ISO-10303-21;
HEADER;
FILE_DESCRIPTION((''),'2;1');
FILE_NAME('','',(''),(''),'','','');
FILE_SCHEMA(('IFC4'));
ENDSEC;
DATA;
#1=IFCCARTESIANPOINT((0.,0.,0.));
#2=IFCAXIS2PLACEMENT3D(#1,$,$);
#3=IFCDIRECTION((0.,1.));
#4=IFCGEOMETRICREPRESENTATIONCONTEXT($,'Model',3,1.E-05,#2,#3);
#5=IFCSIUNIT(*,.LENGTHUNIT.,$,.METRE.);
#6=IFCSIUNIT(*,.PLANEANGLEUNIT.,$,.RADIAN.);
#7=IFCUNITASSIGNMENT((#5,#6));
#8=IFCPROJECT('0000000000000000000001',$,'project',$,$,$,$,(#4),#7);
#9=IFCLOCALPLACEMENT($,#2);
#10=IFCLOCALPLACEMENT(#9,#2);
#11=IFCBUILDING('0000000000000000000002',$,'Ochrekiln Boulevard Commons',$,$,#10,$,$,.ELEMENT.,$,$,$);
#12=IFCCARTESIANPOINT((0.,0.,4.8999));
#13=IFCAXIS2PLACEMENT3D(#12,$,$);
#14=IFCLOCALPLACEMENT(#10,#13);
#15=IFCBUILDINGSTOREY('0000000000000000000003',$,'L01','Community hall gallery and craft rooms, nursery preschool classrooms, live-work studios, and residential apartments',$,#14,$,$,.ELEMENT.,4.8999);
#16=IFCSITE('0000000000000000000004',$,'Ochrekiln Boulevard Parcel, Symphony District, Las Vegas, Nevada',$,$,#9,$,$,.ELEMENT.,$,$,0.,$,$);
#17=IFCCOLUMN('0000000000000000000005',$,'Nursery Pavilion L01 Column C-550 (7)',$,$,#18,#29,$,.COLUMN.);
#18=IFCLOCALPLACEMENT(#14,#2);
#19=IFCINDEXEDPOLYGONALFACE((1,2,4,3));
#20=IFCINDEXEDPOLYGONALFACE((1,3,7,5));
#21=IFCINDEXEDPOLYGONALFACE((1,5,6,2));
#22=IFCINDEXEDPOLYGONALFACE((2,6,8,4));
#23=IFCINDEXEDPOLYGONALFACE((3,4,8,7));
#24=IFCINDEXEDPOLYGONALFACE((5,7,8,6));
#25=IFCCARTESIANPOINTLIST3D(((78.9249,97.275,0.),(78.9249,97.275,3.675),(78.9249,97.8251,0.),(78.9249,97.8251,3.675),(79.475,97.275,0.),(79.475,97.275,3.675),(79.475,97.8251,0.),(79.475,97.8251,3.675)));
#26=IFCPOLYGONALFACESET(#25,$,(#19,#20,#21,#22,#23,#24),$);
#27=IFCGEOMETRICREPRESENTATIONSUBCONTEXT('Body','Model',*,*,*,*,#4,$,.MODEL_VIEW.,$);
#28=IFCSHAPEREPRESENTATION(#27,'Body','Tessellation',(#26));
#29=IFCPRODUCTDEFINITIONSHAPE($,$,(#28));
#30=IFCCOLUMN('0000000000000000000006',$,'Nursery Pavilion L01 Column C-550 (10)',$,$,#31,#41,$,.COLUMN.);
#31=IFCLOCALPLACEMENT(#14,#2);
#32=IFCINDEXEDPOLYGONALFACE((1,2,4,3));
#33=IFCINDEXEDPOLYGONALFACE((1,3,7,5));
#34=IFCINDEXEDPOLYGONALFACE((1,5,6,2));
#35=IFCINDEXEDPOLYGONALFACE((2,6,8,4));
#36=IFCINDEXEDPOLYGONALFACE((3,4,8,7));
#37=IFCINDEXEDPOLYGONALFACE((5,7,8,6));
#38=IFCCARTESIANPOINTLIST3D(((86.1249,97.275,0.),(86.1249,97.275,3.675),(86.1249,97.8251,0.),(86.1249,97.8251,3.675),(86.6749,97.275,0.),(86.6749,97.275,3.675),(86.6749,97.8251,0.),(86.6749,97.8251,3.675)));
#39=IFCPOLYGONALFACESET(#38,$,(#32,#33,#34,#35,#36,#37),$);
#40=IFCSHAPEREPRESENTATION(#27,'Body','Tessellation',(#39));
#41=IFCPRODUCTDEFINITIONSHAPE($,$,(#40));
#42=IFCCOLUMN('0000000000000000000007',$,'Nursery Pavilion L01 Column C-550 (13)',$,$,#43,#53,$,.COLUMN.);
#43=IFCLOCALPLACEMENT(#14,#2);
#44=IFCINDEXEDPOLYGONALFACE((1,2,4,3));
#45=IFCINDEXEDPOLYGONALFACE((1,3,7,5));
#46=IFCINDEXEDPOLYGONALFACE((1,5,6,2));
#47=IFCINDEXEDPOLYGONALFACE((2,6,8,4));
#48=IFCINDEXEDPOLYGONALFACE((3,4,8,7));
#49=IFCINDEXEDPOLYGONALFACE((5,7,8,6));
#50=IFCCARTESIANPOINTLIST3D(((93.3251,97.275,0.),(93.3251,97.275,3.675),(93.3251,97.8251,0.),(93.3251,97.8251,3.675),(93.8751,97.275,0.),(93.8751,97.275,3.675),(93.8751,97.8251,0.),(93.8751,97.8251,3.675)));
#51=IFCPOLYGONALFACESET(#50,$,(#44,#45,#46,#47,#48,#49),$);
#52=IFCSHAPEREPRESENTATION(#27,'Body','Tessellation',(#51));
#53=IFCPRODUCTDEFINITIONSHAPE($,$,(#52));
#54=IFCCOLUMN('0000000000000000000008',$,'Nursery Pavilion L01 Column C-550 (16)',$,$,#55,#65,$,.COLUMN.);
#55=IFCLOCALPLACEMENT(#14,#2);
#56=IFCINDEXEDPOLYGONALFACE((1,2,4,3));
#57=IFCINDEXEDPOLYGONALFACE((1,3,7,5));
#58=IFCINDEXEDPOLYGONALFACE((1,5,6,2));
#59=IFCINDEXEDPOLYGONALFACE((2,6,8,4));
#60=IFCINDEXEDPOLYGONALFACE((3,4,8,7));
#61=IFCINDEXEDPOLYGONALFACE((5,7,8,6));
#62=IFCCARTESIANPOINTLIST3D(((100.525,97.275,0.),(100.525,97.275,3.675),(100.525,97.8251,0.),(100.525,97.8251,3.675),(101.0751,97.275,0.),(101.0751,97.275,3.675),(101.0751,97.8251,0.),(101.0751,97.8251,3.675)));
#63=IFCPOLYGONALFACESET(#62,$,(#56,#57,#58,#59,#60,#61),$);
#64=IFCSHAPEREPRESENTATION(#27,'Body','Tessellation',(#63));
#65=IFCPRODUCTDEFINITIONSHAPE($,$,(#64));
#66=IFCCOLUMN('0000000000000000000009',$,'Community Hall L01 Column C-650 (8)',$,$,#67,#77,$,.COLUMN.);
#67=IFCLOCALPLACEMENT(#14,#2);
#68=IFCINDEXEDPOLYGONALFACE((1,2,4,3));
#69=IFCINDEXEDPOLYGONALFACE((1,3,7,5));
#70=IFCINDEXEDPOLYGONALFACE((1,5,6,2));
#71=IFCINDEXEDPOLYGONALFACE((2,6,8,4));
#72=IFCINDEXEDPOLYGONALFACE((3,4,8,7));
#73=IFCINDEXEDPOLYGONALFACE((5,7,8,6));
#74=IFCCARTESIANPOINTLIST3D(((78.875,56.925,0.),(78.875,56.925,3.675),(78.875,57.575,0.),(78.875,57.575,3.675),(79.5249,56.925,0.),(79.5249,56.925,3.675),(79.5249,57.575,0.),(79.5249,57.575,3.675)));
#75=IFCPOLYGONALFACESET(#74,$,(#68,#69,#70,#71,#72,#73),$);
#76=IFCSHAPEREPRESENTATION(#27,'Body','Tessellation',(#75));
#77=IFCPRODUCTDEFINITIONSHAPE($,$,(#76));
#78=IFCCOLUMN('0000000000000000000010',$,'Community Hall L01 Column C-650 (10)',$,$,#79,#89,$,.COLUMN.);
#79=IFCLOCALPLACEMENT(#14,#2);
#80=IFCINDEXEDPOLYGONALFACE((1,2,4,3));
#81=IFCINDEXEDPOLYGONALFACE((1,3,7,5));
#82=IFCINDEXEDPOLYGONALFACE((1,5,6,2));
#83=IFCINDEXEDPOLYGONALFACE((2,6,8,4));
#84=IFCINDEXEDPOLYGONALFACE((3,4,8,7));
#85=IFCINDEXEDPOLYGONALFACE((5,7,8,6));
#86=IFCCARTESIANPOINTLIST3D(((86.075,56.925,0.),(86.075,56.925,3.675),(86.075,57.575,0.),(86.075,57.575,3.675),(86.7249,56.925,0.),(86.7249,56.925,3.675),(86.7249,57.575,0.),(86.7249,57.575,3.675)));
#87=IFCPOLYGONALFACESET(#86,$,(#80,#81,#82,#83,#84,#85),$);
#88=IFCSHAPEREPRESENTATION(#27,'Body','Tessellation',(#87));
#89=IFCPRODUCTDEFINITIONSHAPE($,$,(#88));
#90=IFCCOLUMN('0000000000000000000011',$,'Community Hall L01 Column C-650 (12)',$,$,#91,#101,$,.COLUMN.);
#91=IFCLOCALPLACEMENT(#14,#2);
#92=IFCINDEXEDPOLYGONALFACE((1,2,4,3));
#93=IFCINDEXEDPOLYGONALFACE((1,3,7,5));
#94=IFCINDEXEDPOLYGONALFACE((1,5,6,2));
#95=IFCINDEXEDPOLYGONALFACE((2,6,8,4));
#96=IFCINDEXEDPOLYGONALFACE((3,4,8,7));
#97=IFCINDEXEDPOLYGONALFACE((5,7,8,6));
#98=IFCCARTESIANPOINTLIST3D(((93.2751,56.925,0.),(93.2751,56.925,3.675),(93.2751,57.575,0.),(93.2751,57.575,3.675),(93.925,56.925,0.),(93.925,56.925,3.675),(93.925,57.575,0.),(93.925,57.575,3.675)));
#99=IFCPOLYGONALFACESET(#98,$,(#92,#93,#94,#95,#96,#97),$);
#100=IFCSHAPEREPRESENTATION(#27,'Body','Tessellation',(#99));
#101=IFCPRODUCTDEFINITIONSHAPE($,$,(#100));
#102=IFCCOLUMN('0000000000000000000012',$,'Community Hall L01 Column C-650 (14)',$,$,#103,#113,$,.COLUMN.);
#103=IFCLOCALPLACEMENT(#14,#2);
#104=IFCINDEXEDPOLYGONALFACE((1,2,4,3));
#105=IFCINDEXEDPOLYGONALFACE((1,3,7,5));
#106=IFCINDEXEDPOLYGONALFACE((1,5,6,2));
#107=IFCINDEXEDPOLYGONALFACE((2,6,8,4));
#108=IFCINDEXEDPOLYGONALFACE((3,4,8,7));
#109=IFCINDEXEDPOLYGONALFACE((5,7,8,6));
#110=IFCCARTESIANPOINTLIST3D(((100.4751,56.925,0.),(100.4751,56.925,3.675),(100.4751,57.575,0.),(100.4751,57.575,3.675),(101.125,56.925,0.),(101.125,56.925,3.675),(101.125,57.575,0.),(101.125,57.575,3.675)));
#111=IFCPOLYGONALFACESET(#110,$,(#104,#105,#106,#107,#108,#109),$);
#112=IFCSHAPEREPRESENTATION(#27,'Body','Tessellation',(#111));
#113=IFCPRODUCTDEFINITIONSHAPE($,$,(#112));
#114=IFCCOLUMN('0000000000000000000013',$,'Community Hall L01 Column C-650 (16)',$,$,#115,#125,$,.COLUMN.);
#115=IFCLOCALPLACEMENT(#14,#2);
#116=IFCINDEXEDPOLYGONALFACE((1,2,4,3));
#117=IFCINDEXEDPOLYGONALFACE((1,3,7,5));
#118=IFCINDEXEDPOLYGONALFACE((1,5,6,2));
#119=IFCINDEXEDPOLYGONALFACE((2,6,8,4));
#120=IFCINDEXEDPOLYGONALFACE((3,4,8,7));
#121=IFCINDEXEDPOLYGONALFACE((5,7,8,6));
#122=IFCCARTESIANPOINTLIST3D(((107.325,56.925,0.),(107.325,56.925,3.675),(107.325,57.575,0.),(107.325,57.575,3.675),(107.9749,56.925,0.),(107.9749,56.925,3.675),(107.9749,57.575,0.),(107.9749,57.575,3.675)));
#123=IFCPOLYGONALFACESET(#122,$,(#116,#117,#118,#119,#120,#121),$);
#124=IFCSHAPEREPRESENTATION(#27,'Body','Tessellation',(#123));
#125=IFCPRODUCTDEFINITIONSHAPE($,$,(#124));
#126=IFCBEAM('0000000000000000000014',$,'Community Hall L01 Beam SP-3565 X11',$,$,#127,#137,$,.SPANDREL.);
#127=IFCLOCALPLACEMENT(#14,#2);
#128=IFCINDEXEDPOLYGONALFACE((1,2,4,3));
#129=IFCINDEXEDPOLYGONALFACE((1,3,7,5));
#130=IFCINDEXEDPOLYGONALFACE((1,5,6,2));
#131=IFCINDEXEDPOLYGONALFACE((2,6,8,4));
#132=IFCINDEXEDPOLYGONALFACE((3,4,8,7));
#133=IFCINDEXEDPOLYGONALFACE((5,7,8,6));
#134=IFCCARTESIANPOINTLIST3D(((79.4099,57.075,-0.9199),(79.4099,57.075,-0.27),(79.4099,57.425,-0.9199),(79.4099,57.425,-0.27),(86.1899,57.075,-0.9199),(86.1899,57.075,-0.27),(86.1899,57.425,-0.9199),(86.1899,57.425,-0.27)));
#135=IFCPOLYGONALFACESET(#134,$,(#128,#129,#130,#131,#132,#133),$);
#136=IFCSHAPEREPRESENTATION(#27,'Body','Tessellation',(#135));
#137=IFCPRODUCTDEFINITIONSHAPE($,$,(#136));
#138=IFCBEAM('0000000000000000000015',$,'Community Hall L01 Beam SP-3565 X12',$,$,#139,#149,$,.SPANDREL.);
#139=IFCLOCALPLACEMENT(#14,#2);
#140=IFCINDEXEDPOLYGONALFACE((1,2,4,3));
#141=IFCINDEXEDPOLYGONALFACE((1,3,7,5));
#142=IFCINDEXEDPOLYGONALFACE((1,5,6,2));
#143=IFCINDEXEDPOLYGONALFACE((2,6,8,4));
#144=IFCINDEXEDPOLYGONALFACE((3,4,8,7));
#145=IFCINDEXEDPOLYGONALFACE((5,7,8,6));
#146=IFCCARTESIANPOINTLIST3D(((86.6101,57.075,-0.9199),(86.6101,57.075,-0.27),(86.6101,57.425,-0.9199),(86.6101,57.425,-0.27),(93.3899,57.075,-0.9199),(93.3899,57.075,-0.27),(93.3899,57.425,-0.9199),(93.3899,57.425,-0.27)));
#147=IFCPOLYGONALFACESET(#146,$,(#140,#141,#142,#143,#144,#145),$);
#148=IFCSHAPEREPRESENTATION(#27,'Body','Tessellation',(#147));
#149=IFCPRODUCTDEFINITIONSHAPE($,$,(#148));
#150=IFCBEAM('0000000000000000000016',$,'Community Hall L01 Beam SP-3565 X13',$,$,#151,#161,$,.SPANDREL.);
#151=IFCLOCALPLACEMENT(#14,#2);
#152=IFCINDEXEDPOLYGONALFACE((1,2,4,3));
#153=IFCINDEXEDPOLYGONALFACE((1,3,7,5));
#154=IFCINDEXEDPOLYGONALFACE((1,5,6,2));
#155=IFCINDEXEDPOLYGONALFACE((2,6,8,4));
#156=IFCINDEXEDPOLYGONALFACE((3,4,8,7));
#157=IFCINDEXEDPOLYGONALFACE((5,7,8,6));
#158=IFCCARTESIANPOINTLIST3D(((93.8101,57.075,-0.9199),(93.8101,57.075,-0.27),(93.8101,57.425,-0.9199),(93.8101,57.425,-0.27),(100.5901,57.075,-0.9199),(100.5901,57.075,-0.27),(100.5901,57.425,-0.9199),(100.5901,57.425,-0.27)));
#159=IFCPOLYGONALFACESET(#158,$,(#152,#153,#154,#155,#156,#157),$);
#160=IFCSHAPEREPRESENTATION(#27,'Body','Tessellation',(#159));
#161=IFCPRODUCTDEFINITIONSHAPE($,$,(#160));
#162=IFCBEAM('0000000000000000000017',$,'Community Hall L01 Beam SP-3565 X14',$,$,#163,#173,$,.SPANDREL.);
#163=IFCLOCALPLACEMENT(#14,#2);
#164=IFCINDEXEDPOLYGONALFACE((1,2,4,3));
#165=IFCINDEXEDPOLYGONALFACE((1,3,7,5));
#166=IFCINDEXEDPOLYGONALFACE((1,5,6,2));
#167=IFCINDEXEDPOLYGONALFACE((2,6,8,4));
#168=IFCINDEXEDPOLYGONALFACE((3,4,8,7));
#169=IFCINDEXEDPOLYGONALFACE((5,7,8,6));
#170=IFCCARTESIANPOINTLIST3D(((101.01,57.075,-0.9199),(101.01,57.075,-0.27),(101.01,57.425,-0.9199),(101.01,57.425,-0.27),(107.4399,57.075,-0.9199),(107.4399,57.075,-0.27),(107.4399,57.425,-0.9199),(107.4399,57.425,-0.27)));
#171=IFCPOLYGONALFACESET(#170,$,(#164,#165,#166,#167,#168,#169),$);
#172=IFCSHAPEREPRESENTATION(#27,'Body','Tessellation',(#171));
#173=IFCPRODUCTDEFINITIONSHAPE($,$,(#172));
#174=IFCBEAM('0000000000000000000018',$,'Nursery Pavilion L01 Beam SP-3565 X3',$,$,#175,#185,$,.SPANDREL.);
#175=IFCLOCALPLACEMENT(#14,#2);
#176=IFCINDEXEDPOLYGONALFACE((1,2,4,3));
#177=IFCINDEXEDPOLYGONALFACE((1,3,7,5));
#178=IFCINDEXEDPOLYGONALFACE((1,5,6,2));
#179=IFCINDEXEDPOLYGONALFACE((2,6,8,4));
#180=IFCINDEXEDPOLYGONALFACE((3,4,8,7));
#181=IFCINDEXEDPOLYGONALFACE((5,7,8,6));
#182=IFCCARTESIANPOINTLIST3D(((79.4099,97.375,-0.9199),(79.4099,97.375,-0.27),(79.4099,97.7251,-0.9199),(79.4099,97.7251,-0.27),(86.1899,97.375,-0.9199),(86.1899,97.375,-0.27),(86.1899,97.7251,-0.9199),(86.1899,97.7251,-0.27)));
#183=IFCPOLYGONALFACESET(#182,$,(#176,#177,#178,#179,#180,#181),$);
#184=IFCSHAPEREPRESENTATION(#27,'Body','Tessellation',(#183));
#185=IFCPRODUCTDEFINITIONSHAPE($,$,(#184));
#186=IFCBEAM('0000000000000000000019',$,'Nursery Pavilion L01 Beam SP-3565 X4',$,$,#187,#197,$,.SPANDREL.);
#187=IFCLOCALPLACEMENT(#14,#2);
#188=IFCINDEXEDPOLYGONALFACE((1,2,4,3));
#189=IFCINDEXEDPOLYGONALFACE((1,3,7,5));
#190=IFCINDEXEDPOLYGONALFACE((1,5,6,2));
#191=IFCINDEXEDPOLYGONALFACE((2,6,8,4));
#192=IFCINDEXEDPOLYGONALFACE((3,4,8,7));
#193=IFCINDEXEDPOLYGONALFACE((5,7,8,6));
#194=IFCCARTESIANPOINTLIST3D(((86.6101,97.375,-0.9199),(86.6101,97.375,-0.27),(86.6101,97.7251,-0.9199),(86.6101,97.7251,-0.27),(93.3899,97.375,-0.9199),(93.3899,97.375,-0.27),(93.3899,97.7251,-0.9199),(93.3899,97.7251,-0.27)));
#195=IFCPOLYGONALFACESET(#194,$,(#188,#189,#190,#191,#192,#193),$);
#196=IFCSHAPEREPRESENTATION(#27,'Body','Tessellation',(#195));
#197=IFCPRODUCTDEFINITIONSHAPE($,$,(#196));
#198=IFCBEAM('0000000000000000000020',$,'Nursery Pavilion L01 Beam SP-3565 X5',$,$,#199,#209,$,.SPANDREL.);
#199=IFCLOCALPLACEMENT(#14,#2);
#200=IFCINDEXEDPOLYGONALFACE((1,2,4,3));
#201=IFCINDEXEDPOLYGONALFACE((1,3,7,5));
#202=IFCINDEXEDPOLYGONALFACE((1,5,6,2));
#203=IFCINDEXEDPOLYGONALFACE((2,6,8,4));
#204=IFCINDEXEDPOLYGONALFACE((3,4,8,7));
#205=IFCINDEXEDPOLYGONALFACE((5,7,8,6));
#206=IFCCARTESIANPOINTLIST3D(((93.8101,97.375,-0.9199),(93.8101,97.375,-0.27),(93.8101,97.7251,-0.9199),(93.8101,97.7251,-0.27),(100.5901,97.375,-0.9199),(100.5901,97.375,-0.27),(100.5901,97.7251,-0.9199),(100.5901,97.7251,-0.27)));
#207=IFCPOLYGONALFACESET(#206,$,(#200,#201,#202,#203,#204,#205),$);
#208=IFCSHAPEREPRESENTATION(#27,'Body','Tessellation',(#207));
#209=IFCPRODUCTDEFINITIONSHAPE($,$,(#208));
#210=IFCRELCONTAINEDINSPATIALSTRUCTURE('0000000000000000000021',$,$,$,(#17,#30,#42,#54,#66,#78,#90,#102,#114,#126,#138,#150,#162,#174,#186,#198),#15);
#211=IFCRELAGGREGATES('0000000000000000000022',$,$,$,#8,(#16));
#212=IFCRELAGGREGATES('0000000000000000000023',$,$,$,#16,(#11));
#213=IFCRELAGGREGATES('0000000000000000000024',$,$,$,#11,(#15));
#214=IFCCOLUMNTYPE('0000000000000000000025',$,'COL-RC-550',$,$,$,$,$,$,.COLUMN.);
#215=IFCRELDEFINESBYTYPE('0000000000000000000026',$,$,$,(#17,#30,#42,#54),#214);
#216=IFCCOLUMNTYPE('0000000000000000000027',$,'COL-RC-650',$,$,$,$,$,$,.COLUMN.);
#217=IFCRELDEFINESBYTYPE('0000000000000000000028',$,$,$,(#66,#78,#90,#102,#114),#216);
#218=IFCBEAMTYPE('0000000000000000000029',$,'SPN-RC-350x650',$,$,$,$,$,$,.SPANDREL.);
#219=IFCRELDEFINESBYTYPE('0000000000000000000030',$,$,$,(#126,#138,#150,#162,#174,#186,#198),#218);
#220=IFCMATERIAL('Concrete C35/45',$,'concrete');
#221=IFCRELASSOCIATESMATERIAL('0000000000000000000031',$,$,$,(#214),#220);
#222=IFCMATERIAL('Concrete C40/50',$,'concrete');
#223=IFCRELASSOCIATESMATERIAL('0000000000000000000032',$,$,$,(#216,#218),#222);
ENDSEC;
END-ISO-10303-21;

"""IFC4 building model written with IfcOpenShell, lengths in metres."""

from ifc_helpers import new_model, si_unit, direction, frame, origin, origin_2d, place, context, subcontext, project, spatial, rectangle, extrude, material, material_profile, profile_set, type_object, element, save


model = new_model("IFC4")

# Units and contexts
model_context = context("Model", 3, precision=1e-05, world=origin(), true_north=direction((0.0, 1.0)))
body_context = subcontext(model_context, "Body", "Model", "MODEL_VIEW")
ifc_project = project(units=[si_unit("LENGTHUNIT", "METRE"), si_unit("PLANEANGLEUNIT", "RADIAN")], contexts=[model_context])

# Site, building, storey
site_placement = place(None, origin())
site = spatial("IfcSite", under=ifc_project, at=site_placement, Name="Ochrekiln Boulevard Parcel, Symphony District, Las Vegas, Nevada", CompositionType="ELEMENT", RefElevation=0.0)
building_placement = place(site_placement, origin())
building = spatial("IfcBuilding", under=site, at=building_placement, Name="Ochrekiln Boulevard Commons", CompositionType="ELEMENT")
storey_placement = place(building_placement, frame((0.0, 0.0, 4.8999)))
storey = spatial("IfcBuildingStorey", under=building, at=storey_placement, Name="L01", Description="Community hall gallery and craft rooms, nursery preschool classrooms, live-work studios, and residential apartments", CompositionType="ELEMENT", Elevation=4.8999)

# Columns
ifc_material_1 = material(Name="Concrete C35/45", Category="concrete")
ifc_material_profile_1 = material_profile(ifc_material_1, rectangle(XDim=0.55, YDim=0.55, at=origin_2d()), Name="RC-COL-550x550")
ifc_profile_set_1 = profile_set([ifc_material_profile_1], Name="Concrete C35/45")
column_type_1 = type_object("IfcColumnType", Name="COL-RC-550", PredefinedType="COLUMN", material=ifc_profile_set_1)
for number, where, z_axis, x_axis, name in (
    (1, (79.2, 97.55, 0.0), (0.0, 0.0, 1.0), (1.0, 0.0, 0.0), "Nursery Pavilion L01 Column C-550 (7)"),
    (2, (86.3999, 97.55, 0.0), (0.0, 0.0, 1.0), (1.0, 0.0, 0.0), "Nursery Pavilion L01 Column C-550 (10)"),
    (3, (93.6001, 97.55, 0.0), (0.0, 0.0, 1.0), (1.0, 0.0, 0.0), "Nursery Pavilion L01 Column C-550 (13)"),
    (4, (100.8, 97.55, 0.0), (0.0, 0.0, 1.0), (1.0, 0.0, 0.0), "Nursery Pavilion L01 Column C-550 (16)"),
):
    element("IfcColumn", number, at=place(storey_placement, frame(where, z_axis=z_axis, x_axis=x_axis)), inside=storey, type_object=column_type_1, Name=name, PredefinedType="COLUMN", context=body_context, shape_type="SweptSolid", body=[
        extrude(rectangle(XDim=0.55, YDim=0.55, at=origin_2d()), origin(), (0.0, 0.0, 1.0), 3.675),
    ])
ifc_material_2 = material(Name="Concrete C40/50", Category="concrete")
ifc_material_profile_2 = material_profile(ifc_material_2, rectangle(XDim=0.6499, YDim=0.6499, at=origin_2d()), Name="RC-COL-650x650")
ifc_profile_set_2 = profile_set([ifc_material_profile_2], Name="Concrete C40/50")
column_type_2 = type_object("IfcColumnType", Name="COL-RC-650", PredefinedType="COLUMN", material=ifc_profile_set_2)
for number, where, z_axis, x_axis, name in (
    (5, (79.2, 57.25, 0.0), (0.0, 0.0, 1.0), (1.0, 0.0, 0.0), "Community Hall L01 Column C-650 (8)"),
    (6, (86.3999, 57.25, 0.0), (0.0, 0.0, 1.0), (1.0, 0.0, 0.0), "Community Hall L01 Column C-650 (10)"),
    (7, (93.6001, 57.25, 0.0), (0.0, 0.0, 1.0), (1.0, 0.0, 0.0), "Community Hall L01 Column C-650 (12)"),
    (8, (100.8, 57.25, 0.0), (0.0, 0.0, 1.0), (1.0, 0.0, 0.0), "Community Hall L01 Column C-650 (14)"),
    (9, (107.6499, 57.25, 0.0), (0.0, 0.0, 1.0), (1.0, 0.0, 0.0), "Community Hall L01 Column C-650 (16)"),
):
    element("IfcColumn", number, at=place(storey_placement, frame(where, z_axis=z_axis, x_axis=x_axis)), inside=storey, type_object=column_type_2, Name=name, PredefinedType="COLUMN", context=body_context, shape_type="SweptSolid", body=[
        extrude(rectangle(XDim=0.6499, YDim=0.6499, at=origin_2d()), origin(), (0.0, 0.0, 1.0), 3.675),
    ])

# Beams
ifc_material_profile_3 = material_profile(ifc_material_2, rectangle(XDim=0.3501, YDim=0.6499, at=origin_2d()), Name="RC-SPN-350x650")
ifc_profile_set_3 = profile_set([ifc_material_profile_3], Name="Concrete C40/50")
beam_type = type_object("IfcBeamType", Name="SPN-RC-350x650", PredefinedType="SPANDREL", material=ifc_profile_set_3)
beam_1_placement = place(storey_placement, frame((79.4099, 57.25, -0.595), z_axis=(1.0, 0.0, 0.0), x_axis=(0.0, 1.0, 0.0)))
element("IfcBeam", 10, at=beam_1_placement, inside=storey, type_object=beam_type, Name="Community Hall L01 Beam SP-3565 X11", PredefinedType="SPANDREL", context=body_context, shape_type="SweptSolid", body=[
    extrude(rectangle(XDim=0.3501, YDim=0.6499, at=origin_2d()), origin(), (0.0, 0.0, 1.0), 6.78),
])
beam_2_placement = place(storey_placement, frame((86.6101, 57.25, -0.595), z_axis=(1.0, 0.0, 0.0), x_axis=(0.0, 1.0, 0.0)))
element("IfcBeam", 11, at=beam_2_placement, inside=storey, type_object=beam_type, Name="Community Hall L01 Beam SP-3565 X12", PredefinedType="SPANDREL", context=body_context, shape_type="SweptSolid", body=[
    extrude(rectangle(XDim=0.3501, YDim=0.6499, at=origin_2d()), origin(), (0.0, 0.0, 1.0), 6.7798),
])
beam_3_placement = place(storey_placement, frame((93.8101, 57.25, -0.595), z_axis=(1.0, 0.0, 0.0), x_axis=(0.0, 1.0, 0.0)))
element("IfcBeam", 12, at=beam_3_placement, inside=storey, type_object=beam_type, Name="Community Hall L01 Beam SP-3565 X13", PredefinedType="SPANDREL", context=body_context, shape_type="SweptSolid", body=[
    extrude(rectangle(XDim=0.3501, YDim=0.6499, at=origin_2d()), origin(), (0.0, 0.0, 1.0), 6.78),
])
beam_4_placement = place(storey_placement, frame((101.01, 57.25, -0.595), z_axis=(1.0, 0.0, 0.0), x_axis=(0.0, 1.0, 0.0)))
element("IfcBeam", 13, at=beam_4_placement, inside=storey, type_object=beam_type, Name="Community Hall L01 Beam SP-3565 X14", PredefinedType="SPANDREL", context=body_context, shape_type="SweptSolid", body=[
    extrude(rectangle(XDim=0.3501, YDim=0.6499, at=origin_2d()), origin(), (0.0, 0.0, 1.0), 6.4299),
])
beam_5_placement = place(storey_placement, frame((79.4099, 97.55, -0.595), z_axis=(1.0, 0.0, 0.0), x_axis=(0.0, 1.0, 0.0)))
element("IfcBeam", 14, at=beam_5_placement, inside=storey, type_object=beam_type, Name="Nursery Pavilion L01 Beam SP-3565 X3", PredefinedType="SPANDREL", context=body_context, shape_type="SweptSolid", body=[
    extrude(rectangle(XDim=0.3501, YDim=0.6499, at=origin_2d()), origin(), (0.0, 0.0, 1.0), 6.78),
])
beam_6_placement = place(storey_placement, frame((86.6101, 97.55, -0.595), z_axis=(1.0, 0.0, 0.0), x_axis=(0.0, 1.0, 0.0)))
element("IfcBeam", 15, at=beam_6_placement, inside=storey, type_object=beam_type, Name="Nursery Pavilion L01 Beam SP-3565 X4", PredefinedType="SPANDREL", context=body_context, shape_type="SweptSolid", body=[
    extrude(rectangle(XDim=0.3501, YDim=0.6499, at=origin_2d()), origin(), (0.0, 0.0, 1.0), 6.7798),
])
beam_7_placement = place(storey_placement, frame((93.8101, 97.55, -0.595), z_axis=(1.0, 0.0, 0.0), x_axis=(0.0, 1.0, 0.0)))
element("IfcBeam", 16, at=beam_7_placement, inside=storey, type_object=beam_type, Name="Nursery Pavilion L01 Beam SP-3565 X5", PredefinedType="SPANDREL", context=body_context, shape_type="SweptSolid", body=[
    extrude(rectangle(XDim=0.3501, YDim=0.6499, at=origin_2d()), origin(), (0.0, 0.0, 1.0), 6.78),
])

save(model, "model.ifc")
